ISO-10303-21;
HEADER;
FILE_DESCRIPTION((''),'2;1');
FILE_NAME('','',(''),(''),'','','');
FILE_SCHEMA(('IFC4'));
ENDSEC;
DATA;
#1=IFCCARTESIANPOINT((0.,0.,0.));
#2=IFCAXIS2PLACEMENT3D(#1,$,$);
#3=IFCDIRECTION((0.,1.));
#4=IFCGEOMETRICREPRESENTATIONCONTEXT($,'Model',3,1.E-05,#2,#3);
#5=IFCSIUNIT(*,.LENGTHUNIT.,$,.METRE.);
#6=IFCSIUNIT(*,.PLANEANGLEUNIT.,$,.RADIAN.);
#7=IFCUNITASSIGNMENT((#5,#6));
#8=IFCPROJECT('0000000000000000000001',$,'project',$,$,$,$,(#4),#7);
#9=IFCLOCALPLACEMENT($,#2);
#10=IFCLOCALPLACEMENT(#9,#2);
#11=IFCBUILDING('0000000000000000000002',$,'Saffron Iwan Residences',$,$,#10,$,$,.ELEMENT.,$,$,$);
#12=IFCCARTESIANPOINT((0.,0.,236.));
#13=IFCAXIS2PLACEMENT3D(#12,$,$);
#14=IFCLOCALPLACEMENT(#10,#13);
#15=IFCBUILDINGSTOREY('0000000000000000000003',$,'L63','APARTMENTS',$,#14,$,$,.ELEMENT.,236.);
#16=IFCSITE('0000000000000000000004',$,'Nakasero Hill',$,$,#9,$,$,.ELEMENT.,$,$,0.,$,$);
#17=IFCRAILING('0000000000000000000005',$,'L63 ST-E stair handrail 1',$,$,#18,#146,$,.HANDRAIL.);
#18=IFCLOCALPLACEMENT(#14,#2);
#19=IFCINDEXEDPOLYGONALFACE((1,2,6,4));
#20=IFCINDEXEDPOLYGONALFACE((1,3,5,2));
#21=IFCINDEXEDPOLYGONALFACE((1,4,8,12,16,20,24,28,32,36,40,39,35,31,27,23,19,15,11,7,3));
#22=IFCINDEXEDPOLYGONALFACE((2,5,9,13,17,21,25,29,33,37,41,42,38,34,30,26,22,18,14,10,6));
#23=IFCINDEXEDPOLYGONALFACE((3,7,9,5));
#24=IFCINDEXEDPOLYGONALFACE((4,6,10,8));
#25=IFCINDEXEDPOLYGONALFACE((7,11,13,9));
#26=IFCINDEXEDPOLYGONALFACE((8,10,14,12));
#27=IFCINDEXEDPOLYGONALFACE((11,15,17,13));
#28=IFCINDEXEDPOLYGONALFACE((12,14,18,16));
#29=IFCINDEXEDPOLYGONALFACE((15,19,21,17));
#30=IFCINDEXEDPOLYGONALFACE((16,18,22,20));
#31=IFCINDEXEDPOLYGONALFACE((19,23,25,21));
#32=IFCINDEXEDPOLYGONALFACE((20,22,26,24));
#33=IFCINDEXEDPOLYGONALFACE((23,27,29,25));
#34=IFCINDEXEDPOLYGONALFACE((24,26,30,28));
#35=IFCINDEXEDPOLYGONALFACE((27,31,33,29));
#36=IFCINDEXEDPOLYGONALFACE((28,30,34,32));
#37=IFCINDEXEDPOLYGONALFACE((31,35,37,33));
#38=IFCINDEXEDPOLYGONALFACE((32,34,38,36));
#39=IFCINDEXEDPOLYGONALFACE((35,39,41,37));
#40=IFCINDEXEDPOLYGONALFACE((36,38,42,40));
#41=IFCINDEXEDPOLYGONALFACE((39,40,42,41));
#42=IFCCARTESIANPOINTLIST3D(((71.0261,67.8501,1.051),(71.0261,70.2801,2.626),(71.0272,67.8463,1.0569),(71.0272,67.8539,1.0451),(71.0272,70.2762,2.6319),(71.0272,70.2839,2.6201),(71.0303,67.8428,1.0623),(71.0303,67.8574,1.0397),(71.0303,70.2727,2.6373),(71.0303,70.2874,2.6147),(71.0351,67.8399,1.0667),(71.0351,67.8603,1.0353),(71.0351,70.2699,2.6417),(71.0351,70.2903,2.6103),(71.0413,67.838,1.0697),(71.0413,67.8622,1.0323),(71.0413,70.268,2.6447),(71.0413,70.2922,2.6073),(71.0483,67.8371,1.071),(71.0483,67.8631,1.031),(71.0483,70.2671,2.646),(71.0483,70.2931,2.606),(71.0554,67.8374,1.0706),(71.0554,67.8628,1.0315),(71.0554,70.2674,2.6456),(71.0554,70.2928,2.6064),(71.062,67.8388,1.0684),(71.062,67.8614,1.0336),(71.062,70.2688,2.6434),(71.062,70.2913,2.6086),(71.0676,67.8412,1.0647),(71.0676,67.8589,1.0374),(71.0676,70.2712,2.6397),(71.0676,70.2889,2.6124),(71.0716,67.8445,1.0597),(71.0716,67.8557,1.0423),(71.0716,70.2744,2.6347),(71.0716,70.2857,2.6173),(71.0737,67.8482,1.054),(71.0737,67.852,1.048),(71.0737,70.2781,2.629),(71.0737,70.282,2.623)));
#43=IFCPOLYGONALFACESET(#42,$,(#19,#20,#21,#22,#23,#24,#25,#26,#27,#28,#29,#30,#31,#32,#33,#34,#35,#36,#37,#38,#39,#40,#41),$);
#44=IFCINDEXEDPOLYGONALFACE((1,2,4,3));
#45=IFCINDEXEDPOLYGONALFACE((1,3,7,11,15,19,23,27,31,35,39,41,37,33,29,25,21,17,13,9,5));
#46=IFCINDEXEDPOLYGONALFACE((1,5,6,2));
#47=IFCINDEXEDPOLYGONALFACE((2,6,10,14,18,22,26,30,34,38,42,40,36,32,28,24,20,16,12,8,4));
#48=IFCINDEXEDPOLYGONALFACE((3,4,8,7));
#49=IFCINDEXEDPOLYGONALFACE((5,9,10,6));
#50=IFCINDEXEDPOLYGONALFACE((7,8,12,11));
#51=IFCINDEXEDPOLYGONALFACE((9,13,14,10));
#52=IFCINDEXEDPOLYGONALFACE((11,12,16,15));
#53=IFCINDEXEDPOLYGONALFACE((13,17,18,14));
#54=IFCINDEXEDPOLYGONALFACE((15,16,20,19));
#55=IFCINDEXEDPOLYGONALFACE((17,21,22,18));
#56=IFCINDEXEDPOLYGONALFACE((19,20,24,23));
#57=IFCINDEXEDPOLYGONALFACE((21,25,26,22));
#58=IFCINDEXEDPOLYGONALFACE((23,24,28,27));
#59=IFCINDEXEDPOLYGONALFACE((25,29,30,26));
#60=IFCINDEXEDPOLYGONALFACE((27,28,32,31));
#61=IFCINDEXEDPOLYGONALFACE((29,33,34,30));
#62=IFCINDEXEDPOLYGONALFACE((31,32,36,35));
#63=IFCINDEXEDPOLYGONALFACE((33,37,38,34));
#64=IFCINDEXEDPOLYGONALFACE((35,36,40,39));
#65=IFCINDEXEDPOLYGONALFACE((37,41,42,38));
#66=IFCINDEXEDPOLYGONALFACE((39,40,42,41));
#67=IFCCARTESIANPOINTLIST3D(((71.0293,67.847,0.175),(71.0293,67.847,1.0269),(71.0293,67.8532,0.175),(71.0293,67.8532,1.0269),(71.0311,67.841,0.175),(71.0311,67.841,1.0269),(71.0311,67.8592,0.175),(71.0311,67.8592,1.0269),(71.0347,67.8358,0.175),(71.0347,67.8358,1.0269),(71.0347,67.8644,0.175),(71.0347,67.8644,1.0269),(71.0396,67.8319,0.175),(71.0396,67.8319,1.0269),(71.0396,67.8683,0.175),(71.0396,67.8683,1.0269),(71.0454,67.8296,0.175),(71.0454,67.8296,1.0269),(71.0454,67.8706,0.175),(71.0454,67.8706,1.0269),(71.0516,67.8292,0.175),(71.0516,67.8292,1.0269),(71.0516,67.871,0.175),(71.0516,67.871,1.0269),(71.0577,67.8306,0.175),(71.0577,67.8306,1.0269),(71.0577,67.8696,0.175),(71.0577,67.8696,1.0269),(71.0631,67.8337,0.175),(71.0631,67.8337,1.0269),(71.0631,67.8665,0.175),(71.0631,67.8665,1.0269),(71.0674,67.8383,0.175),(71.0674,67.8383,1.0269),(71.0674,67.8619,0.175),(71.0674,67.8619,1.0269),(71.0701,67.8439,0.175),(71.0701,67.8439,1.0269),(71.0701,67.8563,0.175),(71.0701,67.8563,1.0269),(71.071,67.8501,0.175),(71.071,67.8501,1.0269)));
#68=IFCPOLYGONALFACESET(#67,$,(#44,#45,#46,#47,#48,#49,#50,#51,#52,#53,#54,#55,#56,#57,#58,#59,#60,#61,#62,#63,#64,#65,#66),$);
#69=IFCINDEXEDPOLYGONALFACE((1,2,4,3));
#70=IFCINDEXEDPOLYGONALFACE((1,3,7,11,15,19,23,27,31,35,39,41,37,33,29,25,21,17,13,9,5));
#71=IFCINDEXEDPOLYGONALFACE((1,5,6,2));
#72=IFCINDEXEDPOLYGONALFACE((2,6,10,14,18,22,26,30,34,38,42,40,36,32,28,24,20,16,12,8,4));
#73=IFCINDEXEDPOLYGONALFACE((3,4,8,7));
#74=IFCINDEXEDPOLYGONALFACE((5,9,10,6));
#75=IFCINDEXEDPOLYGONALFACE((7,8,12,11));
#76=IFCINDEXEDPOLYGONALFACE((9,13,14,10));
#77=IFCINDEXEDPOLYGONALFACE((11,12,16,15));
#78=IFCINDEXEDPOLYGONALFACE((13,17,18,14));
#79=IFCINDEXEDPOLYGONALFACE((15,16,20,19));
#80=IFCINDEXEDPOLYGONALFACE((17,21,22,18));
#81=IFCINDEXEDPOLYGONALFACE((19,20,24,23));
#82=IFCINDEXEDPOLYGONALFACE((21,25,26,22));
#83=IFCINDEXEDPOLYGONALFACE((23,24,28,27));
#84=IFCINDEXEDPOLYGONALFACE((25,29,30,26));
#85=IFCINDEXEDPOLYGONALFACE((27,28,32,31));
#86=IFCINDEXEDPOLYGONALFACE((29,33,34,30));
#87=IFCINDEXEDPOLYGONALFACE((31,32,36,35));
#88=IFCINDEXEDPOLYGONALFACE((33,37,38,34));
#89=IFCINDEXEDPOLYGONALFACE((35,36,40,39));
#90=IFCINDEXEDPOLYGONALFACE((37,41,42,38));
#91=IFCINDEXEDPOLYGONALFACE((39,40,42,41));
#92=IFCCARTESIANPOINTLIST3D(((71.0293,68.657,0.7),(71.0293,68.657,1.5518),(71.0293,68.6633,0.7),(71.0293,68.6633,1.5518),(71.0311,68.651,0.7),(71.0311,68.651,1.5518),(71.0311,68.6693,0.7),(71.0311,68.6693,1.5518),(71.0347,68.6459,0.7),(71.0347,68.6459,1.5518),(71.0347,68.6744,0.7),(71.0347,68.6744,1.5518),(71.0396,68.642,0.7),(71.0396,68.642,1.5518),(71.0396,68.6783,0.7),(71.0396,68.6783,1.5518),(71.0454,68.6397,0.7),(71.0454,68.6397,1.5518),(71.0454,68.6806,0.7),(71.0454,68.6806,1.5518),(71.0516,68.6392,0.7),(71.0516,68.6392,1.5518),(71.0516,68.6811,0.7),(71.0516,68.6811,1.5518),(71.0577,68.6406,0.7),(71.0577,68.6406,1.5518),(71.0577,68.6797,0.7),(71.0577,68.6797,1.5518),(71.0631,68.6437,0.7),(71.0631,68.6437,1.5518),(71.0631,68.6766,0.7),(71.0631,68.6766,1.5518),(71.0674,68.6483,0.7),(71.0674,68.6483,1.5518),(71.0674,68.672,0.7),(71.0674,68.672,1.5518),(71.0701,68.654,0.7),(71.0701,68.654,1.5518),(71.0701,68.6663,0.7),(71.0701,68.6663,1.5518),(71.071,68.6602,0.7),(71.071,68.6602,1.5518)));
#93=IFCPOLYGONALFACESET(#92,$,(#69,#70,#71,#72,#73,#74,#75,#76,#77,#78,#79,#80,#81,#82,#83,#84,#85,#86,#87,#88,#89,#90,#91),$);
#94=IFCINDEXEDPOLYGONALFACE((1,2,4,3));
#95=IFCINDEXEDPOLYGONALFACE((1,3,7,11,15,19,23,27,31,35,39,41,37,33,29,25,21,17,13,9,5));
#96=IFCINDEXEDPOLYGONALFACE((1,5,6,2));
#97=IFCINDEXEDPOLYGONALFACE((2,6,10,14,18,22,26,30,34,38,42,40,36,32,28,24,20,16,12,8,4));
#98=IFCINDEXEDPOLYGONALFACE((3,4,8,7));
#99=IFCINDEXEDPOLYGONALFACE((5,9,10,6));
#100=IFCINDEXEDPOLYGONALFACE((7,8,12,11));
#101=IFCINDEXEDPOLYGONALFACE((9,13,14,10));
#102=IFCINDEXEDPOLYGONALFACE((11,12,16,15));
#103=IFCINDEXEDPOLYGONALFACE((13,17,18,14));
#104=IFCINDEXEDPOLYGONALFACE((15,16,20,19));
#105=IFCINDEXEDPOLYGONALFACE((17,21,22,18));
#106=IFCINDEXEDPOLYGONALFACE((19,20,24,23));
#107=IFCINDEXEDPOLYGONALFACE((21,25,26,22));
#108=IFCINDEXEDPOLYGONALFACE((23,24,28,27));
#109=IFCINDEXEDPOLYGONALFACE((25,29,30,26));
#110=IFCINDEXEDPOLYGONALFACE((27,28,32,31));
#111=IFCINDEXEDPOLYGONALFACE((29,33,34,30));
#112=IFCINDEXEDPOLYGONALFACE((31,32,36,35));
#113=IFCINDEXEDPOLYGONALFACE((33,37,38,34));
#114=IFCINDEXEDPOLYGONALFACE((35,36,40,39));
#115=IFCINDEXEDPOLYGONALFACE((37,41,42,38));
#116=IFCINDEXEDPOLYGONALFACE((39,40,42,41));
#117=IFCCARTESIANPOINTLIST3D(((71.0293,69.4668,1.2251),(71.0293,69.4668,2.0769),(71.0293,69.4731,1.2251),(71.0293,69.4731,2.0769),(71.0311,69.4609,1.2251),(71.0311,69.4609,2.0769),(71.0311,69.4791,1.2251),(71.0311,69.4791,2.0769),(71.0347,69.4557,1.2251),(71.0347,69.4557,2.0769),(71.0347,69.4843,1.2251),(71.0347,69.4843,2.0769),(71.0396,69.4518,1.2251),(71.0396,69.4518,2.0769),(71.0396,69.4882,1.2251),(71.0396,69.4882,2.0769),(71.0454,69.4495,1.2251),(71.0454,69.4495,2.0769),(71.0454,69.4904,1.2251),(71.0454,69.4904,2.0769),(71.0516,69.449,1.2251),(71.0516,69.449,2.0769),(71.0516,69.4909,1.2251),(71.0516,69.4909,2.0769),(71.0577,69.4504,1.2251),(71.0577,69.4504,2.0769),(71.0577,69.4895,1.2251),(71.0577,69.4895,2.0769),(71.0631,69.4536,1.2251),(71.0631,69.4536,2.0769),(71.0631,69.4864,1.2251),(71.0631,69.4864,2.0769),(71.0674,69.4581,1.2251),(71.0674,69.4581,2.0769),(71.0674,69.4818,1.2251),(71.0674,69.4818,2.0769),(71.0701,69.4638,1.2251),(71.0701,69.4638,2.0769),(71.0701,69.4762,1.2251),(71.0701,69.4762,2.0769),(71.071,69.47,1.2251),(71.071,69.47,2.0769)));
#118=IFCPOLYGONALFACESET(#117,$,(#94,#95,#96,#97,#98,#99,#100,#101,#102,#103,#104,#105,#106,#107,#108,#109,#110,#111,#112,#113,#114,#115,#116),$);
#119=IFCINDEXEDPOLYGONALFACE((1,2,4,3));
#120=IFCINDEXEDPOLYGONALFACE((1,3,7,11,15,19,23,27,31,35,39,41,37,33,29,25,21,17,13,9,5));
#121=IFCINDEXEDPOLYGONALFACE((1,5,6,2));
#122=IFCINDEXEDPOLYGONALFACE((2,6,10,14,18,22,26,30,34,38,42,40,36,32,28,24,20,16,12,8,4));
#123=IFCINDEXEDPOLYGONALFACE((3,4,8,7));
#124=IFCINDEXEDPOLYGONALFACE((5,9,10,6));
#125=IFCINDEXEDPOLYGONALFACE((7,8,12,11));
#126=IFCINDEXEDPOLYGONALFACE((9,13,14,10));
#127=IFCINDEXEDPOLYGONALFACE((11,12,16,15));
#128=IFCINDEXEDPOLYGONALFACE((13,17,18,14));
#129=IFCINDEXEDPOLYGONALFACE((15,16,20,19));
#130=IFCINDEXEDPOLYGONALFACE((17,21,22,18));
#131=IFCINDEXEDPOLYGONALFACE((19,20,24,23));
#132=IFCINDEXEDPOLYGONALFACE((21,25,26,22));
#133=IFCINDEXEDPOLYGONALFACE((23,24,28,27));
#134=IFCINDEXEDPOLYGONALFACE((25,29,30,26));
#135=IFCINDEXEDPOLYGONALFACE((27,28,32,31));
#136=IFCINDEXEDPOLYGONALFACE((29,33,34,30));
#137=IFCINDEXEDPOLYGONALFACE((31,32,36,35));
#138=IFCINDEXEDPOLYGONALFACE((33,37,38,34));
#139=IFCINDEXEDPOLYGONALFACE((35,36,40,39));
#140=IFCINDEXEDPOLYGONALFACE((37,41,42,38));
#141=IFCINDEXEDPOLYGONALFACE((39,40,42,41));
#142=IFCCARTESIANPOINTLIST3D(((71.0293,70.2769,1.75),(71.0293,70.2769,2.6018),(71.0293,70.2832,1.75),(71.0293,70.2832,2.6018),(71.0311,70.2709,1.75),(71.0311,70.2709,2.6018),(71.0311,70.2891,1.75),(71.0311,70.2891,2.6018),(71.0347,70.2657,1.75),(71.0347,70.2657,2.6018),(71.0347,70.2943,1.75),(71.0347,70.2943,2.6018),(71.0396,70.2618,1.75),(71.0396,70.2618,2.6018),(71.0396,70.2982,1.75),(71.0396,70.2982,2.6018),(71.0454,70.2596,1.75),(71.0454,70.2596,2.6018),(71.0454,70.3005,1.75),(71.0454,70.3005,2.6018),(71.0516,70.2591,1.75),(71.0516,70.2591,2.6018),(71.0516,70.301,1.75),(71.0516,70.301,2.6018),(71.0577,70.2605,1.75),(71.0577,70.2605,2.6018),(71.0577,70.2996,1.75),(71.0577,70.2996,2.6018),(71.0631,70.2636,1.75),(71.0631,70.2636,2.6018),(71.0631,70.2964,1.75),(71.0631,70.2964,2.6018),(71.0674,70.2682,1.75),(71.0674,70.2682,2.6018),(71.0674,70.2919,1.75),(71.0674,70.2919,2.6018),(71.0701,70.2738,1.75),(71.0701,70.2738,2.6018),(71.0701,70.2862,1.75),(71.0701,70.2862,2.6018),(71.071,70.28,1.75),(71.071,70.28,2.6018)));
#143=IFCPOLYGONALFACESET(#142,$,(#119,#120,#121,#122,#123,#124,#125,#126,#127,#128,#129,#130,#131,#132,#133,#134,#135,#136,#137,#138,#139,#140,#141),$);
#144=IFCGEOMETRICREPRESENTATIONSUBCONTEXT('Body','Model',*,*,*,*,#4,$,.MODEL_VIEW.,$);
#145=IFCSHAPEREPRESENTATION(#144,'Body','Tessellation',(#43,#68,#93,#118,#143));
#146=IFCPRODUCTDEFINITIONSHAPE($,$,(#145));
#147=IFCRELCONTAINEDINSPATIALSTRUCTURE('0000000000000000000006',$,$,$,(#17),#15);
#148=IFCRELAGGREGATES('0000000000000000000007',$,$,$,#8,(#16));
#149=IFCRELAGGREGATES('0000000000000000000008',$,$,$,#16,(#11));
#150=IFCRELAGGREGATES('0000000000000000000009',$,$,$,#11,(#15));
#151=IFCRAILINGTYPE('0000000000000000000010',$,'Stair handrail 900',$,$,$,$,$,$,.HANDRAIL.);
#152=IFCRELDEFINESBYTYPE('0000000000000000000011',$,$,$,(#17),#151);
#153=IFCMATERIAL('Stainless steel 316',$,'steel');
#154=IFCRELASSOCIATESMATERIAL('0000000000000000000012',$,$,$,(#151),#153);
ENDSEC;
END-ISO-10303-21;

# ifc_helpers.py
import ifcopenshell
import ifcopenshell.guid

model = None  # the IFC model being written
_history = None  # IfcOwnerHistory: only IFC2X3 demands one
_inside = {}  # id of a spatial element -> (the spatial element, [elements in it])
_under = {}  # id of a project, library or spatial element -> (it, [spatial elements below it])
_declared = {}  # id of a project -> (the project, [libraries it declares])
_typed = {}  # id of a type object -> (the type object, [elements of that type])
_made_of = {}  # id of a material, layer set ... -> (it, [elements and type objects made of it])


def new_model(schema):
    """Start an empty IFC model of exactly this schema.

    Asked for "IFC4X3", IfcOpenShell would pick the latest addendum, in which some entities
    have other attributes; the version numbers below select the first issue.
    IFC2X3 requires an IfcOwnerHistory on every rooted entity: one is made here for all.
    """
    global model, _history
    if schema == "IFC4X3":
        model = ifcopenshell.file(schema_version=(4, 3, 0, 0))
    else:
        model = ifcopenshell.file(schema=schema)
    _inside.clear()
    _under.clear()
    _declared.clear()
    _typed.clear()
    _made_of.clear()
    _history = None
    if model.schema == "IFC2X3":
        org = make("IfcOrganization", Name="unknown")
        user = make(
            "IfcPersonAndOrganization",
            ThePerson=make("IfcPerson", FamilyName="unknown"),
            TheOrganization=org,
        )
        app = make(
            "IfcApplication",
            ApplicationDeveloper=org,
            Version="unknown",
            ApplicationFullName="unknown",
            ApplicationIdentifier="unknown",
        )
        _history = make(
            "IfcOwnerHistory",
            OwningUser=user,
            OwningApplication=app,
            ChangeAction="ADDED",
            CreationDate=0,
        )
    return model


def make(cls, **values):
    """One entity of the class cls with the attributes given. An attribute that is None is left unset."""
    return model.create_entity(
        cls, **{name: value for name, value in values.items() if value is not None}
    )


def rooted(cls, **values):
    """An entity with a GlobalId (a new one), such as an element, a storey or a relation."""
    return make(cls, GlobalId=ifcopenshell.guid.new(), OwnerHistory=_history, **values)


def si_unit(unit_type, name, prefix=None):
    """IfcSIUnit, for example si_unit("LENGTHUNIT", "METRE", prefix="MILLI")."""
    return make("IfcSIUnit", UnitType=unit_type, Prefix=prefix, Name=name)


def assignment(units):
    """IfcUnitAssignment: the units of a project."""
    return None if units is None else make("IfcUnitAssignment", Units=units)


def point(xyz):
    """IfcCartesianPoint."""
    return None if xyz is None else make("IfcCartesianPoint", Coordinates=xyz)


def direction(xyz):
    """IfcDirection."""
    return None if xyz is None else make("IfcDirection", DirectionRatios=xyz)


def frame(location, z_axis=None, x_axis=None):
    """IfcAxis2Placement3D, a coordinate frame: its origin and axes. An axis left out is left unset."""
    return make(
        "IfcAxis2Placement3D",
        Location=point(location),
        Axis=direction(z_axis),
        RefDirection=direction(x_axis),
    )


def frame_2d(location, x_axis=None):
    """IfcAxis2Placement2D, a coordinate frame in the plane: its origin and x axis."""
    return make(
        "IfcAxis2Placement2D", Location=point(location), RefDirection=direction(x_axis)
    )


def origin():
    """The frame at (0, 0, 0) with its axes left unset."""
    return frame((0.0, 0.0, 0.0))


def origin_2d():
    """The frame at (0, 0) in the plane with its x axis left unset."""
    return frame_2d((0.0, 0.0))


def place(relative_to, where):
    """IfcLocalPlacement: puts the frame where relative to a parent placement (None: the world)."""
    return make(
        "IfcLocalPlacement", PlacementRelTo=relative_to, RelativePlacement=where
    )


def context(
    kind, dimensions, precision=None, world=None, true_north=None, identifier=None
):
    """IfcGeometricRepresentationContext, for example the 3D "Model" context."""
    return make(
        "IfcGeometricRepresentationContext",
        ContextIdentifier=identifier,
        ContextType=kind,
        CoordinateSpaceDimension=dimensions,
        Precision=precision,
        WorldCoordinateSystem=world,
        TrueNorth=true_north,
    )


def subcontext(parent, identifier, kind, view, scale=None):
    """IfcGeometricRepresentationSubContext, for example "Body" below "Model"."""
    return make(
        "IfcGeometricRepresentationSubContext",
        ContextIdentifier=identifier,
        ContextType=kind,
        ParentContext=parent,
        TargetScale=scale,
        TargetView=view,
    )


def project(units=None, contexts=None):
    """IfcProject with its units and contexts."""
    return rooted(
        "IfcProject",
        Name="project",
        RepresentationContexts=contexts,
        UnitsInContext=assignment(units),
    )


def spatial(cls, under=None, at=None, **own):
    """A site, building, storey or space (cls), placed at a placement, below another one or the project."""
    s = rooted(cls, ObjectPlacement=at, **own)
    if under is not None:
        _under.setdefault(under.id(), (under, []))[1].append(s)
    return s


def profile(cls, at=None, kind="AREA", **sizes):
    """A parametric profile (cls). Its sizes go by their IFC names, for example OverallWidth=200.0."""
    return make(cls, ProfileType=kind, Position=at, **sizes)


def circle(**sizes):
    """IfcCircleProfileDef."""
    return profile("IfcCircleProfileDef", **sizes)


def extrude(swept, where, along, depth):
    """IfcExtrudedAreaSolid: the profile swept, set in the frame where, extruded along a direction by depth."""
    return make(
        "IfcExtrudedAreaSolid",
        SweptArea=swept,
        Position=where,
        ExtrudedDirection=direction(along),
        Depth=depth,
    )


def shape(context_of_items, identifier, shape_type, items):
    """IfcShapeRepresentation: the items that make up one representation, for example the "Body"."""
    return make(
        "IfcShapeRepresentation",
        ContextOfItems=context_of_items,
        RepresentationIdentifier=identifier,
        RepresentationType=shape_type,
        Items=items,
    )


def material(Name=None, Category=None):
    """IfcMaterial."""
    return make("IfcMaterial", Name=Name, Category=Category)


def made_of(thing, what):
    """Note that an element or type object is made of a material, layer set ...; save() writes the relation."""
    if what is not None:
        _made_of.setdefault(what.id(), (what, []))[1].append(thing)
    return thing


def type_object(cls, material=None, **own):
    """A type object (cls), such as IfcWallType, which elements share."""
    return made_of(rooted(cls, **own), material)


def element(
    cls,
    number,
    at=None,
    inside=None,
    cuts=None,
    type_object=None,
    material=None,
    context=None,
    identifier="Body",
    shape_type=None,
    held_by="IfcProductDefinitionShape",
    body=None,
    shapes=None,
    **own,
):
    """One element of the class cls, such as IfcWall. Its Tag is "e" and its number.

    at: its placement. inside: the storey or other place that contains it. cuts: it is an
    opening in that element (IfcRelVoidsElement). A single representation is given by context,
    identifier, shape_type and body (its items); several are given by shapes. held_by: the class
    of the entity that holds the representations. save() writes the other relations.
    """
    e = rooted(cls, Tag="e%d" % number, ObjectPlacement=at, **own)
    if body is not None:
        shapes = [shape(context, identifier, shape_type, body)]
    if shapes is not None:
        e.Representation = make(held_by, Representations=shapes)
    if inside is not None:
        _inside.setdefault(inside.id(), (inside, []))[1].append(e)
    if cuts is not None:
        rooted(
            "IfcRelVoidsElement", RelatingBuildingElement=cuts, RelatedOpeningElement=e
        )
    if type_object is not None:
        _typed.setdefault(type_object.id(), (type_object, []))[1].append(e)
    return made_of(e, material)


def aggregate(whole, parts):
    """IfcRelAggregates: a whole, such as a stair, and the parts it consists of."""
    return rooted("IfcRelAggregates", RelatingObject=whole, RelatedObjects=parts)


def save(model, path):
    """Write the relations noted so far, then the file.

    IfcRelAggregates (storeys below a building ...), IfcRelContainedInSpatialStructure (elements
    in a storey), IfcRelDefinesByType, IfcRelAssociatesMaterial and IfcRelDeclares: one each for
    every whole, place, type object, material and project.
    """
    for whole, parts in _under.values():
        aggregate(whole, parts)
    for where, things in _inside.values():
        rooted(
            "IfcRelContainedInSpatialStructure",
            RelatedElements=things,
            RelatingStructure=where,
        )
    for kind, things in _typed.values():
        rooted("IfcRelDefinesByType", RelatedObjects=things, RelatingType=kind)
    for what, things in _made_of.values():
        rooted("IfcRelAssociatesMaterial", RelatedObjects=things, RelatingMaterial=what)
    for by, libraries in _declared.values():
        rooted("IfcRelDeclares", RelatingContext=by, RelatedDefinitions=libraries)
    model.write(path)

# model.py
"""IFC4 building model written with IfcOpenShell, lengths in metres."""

from ifc_helpers import new_model, si_unit, direction, frame, origin, origin_2d, place, context, subcontext, project, spatial, circle, extrude, material, type_object, element, save


model = new_model("IFC4")

# Units and contexts
model_context = context("Model", 3, precision=1e-05, world=origin(), true_north=direction((0.0, 1.0)))
body_context = subcontext(model_context, "Body", "Model", "MODEL_VIEW")
ifc_project = project(units=[si_unit("LENGTHUNIT", "METRE"), si_unit("PLANEANGLEUNIT", "RADIAN")], contexts=[model_context])

# Site, building, storey
site_placement = place(None, origin())
site = spatial("IfcSite", under=ifc_project, at=site_placement, Name="Nakasero Hill", CompositionType="ELEMENT", RefElevation=0.0)
building_placement = place(site_placement, origin())
building = spatial("IfcBuilding", under=site, at=building_placement, Name="Saffron Iwan Residences", CompositionType="ELEMENT")
storey_placement = place(building_placement, frame((0.0, 0.0, 236.0)))
storey = spatial("IfcBuildingStorey", under=building, at=storey_placement, Name="L63", Description="APARTMENTS", CompositionType="ELEMENT", Elevation=236.0)

# Railing
ifc_material_1 = material(Name="Stainless steel 316", Category="steel")
railing_type_1 = type_object("IfcRailingType", Name="Stair handrail 900", PredefinedType="HANDRAIL", material=ifc_material_1)
railing_1_placement = place(storey_placement, frame((71.05, 67.8501, 0.175)))
element("IfcRailing", 1, at=railing_1_placement, inside=storey, type_object=railing_type_1, Name="L63 ST-E stair handrail 1", PredefinedType="HANDRAIL", context=body_context, shape_type="SweptSolid", body=[
    extrude(circle(Radius=0.0239, at=origin_2d()), frame((0.0, 0.0, 0.876), z_axis=(0.0, 0.839154, 0.543894), x_axis=(-1.0, 0.0, 0.0)), (0.0, 0.0, 1.0), 2.8958),
    extrude(circle(Radius=0.021, at=origin_2d()), origin(), (0.0, 0.0, 1.0), 0.8518),
    extrude(circle(Radius=0.021, at=origin_2d()), frame((0.0, 0.8101, 0.5249)), (0.0, 0.0, 1.0), 0.8518),
    extrude(circle(Radius=0.021, at=origin_2d()), frame((0.0, 1.6199, 1.05)), (0.0, 0.0, 1.0), 0.8518),
    extrude(circle(Radius=0.021, at=origin_2d()), frame((0.0, 2.4299, 1.575)), (0.0, 0.0, 1.0), 0.8518),
])

save(model, "model.ifc")
